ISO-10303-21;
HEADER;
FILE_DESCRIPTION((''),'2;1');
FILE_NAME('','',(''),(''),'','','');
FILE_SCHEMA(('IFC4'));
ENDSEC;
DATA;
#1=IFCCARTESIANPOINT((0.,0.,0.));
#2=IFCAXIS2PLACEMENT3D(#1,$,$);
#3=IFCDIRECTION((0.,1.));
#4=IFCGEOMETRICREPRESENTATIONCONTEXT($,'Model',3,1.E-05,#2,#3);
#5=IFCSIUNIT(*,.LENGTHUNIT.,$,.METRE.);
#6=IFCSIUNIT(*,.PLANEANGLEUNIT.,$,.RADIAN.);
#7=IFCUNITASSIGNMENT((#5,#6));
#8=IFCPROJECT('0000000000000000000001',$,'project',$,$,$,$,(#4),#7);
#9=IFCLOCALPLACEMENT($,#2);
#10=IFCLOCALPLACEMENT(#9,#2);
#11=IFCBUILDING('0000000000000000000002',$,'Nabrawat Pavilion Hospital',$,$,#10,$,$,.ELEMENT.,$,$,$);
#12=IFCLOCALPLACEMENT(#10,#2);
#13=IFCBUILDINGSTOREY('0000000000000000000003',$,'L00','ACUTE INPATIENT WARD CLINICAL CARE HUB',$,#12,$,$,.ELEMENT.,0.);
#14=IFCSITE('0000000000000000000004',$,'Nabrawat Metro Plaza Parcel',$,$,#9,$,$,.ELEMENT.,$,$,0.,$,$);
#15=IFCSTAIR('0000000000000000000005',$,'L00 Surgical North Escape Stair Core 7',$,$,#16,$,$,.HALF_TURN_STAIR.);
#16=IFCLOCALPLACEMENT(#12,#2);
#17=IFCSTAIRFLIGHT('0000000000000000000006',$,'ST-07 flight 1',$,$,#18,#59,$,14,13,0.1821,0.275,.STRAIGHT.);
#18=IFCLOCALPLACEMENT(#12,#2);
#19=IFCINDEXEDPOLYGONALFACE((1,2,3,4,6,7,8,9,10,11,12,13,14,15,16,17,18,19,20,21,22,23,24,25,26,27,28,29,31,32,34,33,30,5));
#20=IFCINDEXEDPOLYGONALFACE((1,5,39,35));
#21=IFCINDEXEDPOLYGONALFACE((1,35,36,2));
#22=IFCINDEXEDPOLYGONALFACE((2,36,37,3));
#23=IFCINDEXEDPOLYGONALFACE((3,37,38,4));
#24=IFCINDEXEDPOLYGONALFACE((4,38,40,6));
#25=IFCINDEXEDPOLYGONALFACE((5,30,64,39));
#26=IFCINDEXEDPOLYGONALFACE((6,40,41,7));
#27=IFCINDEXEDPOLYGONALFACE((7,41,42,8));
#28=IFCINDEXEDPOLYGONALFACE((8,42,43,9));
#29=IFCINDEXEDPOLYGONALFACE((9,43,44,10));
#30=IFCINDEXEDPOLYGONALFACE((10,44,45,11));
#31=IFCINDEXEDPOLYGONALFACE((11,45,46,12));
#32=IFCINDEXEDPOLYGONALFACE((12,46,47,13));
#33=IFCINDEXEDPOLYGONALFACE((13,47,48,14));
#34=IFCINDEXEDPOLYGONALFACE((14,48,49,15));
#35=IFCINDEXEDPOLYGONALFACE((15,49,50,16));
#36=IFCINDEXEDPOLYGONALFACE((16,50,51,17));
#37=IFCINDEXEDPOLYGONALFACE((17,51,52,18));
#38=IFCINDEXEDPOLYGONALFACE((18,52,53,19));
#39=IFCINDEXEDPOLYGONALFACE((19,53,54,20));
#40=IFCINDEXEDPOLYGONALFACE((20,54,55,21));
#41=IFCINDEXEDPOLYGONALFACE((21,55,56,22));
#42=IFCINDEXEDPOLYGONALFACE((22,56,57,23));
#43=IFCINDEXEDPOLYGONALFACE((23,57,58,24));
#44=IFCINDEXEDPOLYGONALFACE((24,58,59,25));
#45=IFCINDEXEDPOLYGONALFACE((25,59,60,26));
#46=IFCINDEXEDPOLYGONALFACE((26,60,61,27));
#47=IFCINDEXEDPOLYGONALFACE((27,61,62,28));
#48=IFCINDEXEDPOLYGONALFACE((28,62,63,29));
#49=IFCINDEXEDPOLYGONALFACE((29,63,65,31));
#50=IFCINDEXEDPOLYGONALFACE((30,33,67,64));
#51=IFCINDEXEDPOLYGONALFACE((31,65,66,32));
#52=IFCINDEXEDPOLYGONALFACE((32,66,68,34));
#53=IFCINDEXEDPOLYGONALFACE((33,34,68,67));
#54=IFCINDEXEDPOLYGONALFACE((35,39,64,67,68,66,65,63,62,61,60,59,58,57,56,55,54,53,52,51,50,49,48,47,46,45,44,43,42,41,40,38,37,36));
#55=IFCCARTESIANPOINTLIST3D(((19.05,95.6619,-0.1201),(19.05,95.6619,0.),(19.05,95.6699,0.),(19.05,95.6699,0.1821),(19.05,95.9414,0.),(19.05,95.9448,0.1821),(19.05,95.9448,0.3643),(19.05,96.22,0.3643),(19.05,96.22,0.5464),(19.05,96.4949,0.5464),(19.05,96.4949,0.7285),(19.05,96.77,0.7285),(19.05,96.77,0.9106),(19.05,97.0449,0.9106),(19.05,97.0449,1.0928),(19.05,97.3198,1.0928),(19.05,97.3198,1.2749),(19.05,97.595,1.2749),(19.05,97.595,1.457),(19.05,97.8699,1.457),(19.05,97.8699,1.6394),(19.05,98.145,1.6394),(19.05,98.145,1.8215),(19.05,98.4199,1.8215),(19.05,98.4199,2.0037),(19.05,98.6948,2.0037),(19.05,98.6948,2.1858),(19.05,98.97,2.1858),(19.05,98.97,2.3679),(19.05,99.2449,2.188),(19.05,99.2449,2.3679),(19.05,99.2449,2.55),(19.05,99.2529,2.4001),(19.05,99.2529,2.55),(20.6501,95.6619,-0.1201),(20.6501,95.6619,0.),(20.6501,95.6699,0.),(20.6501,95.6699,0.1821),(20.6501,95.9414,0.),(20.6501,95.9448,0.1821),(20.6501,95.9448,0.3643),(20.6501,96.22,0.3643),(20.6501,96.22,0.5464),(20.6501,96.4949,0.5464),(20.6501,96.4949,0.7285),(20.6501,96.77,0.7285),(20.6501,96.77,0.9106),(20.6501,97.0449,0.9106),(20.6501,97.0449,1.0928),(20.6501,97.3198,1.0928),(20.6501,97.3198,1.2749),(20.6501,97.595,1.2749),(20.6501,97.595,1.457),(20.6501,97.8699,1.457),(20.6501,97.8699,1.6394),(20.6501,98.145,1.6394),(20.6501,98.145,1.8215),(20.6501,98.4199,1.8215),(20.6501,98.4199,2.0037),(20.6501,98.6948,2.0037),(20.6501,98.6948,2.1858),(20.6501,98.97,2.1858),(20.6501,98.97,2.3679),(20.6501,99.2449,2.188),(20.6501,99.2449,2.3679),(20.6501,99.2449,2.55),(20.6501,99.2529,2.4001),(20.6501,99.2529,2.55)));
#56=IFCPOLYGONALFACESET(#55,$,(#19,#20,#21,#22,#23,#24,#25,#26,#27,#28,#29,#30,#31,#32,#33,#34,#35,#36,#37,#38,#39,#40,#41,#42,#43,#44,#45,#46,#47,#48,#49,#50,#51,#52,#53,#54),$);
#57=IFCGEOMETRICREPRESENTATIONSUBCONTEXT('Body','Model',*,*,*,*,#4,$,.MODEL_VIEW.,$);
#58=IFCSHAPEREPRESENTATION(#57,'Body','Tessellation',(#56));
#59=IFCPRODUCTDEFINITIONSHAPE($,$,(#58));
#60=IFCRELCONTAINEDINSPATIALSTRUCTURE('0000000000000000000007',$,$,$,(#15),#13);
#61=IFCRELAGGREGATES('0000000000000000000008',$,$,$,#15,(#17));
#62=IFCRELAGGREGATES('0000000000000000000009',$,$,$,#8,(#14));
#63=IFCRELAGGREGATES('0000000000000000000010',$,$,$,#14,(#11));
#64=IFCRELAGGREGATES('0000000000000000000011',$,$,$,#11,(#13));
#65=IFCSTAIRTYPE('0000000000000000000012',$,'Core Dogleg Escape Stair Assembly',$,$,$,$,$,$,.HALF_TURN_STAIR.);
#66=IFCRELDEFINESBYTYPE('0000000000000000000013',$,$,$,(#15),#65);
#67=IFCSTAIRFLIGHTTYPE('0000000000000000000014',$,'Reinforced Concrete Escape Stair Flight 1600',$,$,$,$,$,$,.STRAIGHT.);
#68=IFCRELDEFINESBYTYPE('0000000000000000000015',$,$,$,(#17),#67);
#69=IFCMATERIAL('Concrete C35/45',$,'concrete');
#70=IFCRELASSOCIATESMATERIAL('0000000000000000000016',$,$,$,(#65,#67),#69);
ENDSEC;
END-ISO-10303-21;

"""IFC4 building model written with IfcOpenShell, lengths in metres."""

from ifc_helpers import new_model, si_unit, direction, frame, origin, place, context, subcontext, project, spatial, polyline, outline, extrude, material, type_object, element, aggregate, save


model = new_model("IFC4")

# Units and contexts
model_context = context("Model", 3, precision=1e-05, world=origin(), true_north=direction((0.0, 1.0)))
body_context = subcontext(model_context, "Body", "Model", "MODEL_VIEW")
ifc_project = project(units=[si_unit("LENGTHUNIT", "METRE"), si_unit("PLANEANGLEUNIT", "RADIAN")], contexts=[model_context])

# Site, building, storey
site_placement = place(None, origin())
site = spatial("IfcSite", under=ifc_project, at=site_placement, Name="Nabrawat Metro Plaza Parcel", CompositionType="ELEMENT", RefElevation=0.0)
building_placement = place(site_placement, origin())
building = spatial("IfcBuilding", under=site, at=building_placement, Name="Nabrawat Pavilion Hospital", CompositionType="ELEMENT")
storey_placement = place(building_placement, origin())
storey = spatial("IfcBuildingStorey", under=building, at=storey_placement, Name="L00", Description="ACUTE INPATIENT WARD CLINICAL CARE HUB", CompositionType="ELEMENT", Elevation=0.0)

# Shared definitions
ifc_material_1 = material(Name="Concrete C35/45", Category="concrete")

# Stair, stair flight
stair_type = type_object("IfcStairType", Name="Core Dogleg Escape Stair Assembly", PredefinedType="HALF_TURN_STAIR", material=ifc_material_1)
stair_placement = place(storey_placement, origin())
stair = element("IfcStair", 1, at=stair_placement, inside=storey, type_object=stair_type, Name="L00 Surgical North Escape Stair Core 7", PredefinedType="HALF_TURN_STAIR")
stair_flight_type = type_object("IfcStairFlightType", Name="Reinforced Concrete Escape Stair Flight 1600", PredefinedType="STRAIGHT", material=ifc_material_1)
stair_flight_placement = place(storey_placement, frame((19.8501, 95.6699, 0.0), z_axis=(0.0, 0.0, 1.0), x_axis=(0.0, 1.0, 0.0)))
stair_flight = element("IfcStairFlight", 2, at=stair_flight_placement, type_object=stair_flight_type, Name="ST-07 flight 1", NumberOfRisers=14, NumberOfTreads=13, PredefinedType="STRAIGHT", RiserHeight=0.1821, TreadLength=0.275, context=body_context, shape_type="SweptSolid", body=[
    extrude(outline(polyline([(-0.0081, 0.0), (0.0, 0.0), (0.0, 0.1821), (0.2749, 0.1821), (0.2749, 0.3643), (0.55, 0.3643), (0.55, 0.5464), (0.825, 0.5464), (0.825, 0.7285), (1.1001, 0.7285), (1.1001, 0.9106), (1.375, 0.9106), (1.375, 1.0928), (1.6499, 1.0928), (1.6499, 1.2749), (1.925, 1.2749), (1.925, 1.457), (2.2, 1.457), (2.2, 1.6394), (2.4751, 1.6394), (2.4751, 1.8215), (2.75, 1.8215), (2.75, 2.0037), (3.0249, 2.0037), (3.0249, 2.1858), (3.3, 2.1858), (3.3, 2.3679), (3.575, 2.3679), (3.575, 2.55), (3.583, 2.55), (3.583, 2.4001), (3.575, 2.188), (0.2715, 0.0), (-0.0081, -0.1201), (-0.0081, 0.0)])), frame((0.0, 0.8, 0.0), z_axis=(0.0, -1.0, 0.0), x_axis=(1.0, 0.0, 0.0)), (0.0, 0.0, 1.0), 1.6001),
])
aggregate(stair, [stair_flight])

save(model, "model.ifc")
